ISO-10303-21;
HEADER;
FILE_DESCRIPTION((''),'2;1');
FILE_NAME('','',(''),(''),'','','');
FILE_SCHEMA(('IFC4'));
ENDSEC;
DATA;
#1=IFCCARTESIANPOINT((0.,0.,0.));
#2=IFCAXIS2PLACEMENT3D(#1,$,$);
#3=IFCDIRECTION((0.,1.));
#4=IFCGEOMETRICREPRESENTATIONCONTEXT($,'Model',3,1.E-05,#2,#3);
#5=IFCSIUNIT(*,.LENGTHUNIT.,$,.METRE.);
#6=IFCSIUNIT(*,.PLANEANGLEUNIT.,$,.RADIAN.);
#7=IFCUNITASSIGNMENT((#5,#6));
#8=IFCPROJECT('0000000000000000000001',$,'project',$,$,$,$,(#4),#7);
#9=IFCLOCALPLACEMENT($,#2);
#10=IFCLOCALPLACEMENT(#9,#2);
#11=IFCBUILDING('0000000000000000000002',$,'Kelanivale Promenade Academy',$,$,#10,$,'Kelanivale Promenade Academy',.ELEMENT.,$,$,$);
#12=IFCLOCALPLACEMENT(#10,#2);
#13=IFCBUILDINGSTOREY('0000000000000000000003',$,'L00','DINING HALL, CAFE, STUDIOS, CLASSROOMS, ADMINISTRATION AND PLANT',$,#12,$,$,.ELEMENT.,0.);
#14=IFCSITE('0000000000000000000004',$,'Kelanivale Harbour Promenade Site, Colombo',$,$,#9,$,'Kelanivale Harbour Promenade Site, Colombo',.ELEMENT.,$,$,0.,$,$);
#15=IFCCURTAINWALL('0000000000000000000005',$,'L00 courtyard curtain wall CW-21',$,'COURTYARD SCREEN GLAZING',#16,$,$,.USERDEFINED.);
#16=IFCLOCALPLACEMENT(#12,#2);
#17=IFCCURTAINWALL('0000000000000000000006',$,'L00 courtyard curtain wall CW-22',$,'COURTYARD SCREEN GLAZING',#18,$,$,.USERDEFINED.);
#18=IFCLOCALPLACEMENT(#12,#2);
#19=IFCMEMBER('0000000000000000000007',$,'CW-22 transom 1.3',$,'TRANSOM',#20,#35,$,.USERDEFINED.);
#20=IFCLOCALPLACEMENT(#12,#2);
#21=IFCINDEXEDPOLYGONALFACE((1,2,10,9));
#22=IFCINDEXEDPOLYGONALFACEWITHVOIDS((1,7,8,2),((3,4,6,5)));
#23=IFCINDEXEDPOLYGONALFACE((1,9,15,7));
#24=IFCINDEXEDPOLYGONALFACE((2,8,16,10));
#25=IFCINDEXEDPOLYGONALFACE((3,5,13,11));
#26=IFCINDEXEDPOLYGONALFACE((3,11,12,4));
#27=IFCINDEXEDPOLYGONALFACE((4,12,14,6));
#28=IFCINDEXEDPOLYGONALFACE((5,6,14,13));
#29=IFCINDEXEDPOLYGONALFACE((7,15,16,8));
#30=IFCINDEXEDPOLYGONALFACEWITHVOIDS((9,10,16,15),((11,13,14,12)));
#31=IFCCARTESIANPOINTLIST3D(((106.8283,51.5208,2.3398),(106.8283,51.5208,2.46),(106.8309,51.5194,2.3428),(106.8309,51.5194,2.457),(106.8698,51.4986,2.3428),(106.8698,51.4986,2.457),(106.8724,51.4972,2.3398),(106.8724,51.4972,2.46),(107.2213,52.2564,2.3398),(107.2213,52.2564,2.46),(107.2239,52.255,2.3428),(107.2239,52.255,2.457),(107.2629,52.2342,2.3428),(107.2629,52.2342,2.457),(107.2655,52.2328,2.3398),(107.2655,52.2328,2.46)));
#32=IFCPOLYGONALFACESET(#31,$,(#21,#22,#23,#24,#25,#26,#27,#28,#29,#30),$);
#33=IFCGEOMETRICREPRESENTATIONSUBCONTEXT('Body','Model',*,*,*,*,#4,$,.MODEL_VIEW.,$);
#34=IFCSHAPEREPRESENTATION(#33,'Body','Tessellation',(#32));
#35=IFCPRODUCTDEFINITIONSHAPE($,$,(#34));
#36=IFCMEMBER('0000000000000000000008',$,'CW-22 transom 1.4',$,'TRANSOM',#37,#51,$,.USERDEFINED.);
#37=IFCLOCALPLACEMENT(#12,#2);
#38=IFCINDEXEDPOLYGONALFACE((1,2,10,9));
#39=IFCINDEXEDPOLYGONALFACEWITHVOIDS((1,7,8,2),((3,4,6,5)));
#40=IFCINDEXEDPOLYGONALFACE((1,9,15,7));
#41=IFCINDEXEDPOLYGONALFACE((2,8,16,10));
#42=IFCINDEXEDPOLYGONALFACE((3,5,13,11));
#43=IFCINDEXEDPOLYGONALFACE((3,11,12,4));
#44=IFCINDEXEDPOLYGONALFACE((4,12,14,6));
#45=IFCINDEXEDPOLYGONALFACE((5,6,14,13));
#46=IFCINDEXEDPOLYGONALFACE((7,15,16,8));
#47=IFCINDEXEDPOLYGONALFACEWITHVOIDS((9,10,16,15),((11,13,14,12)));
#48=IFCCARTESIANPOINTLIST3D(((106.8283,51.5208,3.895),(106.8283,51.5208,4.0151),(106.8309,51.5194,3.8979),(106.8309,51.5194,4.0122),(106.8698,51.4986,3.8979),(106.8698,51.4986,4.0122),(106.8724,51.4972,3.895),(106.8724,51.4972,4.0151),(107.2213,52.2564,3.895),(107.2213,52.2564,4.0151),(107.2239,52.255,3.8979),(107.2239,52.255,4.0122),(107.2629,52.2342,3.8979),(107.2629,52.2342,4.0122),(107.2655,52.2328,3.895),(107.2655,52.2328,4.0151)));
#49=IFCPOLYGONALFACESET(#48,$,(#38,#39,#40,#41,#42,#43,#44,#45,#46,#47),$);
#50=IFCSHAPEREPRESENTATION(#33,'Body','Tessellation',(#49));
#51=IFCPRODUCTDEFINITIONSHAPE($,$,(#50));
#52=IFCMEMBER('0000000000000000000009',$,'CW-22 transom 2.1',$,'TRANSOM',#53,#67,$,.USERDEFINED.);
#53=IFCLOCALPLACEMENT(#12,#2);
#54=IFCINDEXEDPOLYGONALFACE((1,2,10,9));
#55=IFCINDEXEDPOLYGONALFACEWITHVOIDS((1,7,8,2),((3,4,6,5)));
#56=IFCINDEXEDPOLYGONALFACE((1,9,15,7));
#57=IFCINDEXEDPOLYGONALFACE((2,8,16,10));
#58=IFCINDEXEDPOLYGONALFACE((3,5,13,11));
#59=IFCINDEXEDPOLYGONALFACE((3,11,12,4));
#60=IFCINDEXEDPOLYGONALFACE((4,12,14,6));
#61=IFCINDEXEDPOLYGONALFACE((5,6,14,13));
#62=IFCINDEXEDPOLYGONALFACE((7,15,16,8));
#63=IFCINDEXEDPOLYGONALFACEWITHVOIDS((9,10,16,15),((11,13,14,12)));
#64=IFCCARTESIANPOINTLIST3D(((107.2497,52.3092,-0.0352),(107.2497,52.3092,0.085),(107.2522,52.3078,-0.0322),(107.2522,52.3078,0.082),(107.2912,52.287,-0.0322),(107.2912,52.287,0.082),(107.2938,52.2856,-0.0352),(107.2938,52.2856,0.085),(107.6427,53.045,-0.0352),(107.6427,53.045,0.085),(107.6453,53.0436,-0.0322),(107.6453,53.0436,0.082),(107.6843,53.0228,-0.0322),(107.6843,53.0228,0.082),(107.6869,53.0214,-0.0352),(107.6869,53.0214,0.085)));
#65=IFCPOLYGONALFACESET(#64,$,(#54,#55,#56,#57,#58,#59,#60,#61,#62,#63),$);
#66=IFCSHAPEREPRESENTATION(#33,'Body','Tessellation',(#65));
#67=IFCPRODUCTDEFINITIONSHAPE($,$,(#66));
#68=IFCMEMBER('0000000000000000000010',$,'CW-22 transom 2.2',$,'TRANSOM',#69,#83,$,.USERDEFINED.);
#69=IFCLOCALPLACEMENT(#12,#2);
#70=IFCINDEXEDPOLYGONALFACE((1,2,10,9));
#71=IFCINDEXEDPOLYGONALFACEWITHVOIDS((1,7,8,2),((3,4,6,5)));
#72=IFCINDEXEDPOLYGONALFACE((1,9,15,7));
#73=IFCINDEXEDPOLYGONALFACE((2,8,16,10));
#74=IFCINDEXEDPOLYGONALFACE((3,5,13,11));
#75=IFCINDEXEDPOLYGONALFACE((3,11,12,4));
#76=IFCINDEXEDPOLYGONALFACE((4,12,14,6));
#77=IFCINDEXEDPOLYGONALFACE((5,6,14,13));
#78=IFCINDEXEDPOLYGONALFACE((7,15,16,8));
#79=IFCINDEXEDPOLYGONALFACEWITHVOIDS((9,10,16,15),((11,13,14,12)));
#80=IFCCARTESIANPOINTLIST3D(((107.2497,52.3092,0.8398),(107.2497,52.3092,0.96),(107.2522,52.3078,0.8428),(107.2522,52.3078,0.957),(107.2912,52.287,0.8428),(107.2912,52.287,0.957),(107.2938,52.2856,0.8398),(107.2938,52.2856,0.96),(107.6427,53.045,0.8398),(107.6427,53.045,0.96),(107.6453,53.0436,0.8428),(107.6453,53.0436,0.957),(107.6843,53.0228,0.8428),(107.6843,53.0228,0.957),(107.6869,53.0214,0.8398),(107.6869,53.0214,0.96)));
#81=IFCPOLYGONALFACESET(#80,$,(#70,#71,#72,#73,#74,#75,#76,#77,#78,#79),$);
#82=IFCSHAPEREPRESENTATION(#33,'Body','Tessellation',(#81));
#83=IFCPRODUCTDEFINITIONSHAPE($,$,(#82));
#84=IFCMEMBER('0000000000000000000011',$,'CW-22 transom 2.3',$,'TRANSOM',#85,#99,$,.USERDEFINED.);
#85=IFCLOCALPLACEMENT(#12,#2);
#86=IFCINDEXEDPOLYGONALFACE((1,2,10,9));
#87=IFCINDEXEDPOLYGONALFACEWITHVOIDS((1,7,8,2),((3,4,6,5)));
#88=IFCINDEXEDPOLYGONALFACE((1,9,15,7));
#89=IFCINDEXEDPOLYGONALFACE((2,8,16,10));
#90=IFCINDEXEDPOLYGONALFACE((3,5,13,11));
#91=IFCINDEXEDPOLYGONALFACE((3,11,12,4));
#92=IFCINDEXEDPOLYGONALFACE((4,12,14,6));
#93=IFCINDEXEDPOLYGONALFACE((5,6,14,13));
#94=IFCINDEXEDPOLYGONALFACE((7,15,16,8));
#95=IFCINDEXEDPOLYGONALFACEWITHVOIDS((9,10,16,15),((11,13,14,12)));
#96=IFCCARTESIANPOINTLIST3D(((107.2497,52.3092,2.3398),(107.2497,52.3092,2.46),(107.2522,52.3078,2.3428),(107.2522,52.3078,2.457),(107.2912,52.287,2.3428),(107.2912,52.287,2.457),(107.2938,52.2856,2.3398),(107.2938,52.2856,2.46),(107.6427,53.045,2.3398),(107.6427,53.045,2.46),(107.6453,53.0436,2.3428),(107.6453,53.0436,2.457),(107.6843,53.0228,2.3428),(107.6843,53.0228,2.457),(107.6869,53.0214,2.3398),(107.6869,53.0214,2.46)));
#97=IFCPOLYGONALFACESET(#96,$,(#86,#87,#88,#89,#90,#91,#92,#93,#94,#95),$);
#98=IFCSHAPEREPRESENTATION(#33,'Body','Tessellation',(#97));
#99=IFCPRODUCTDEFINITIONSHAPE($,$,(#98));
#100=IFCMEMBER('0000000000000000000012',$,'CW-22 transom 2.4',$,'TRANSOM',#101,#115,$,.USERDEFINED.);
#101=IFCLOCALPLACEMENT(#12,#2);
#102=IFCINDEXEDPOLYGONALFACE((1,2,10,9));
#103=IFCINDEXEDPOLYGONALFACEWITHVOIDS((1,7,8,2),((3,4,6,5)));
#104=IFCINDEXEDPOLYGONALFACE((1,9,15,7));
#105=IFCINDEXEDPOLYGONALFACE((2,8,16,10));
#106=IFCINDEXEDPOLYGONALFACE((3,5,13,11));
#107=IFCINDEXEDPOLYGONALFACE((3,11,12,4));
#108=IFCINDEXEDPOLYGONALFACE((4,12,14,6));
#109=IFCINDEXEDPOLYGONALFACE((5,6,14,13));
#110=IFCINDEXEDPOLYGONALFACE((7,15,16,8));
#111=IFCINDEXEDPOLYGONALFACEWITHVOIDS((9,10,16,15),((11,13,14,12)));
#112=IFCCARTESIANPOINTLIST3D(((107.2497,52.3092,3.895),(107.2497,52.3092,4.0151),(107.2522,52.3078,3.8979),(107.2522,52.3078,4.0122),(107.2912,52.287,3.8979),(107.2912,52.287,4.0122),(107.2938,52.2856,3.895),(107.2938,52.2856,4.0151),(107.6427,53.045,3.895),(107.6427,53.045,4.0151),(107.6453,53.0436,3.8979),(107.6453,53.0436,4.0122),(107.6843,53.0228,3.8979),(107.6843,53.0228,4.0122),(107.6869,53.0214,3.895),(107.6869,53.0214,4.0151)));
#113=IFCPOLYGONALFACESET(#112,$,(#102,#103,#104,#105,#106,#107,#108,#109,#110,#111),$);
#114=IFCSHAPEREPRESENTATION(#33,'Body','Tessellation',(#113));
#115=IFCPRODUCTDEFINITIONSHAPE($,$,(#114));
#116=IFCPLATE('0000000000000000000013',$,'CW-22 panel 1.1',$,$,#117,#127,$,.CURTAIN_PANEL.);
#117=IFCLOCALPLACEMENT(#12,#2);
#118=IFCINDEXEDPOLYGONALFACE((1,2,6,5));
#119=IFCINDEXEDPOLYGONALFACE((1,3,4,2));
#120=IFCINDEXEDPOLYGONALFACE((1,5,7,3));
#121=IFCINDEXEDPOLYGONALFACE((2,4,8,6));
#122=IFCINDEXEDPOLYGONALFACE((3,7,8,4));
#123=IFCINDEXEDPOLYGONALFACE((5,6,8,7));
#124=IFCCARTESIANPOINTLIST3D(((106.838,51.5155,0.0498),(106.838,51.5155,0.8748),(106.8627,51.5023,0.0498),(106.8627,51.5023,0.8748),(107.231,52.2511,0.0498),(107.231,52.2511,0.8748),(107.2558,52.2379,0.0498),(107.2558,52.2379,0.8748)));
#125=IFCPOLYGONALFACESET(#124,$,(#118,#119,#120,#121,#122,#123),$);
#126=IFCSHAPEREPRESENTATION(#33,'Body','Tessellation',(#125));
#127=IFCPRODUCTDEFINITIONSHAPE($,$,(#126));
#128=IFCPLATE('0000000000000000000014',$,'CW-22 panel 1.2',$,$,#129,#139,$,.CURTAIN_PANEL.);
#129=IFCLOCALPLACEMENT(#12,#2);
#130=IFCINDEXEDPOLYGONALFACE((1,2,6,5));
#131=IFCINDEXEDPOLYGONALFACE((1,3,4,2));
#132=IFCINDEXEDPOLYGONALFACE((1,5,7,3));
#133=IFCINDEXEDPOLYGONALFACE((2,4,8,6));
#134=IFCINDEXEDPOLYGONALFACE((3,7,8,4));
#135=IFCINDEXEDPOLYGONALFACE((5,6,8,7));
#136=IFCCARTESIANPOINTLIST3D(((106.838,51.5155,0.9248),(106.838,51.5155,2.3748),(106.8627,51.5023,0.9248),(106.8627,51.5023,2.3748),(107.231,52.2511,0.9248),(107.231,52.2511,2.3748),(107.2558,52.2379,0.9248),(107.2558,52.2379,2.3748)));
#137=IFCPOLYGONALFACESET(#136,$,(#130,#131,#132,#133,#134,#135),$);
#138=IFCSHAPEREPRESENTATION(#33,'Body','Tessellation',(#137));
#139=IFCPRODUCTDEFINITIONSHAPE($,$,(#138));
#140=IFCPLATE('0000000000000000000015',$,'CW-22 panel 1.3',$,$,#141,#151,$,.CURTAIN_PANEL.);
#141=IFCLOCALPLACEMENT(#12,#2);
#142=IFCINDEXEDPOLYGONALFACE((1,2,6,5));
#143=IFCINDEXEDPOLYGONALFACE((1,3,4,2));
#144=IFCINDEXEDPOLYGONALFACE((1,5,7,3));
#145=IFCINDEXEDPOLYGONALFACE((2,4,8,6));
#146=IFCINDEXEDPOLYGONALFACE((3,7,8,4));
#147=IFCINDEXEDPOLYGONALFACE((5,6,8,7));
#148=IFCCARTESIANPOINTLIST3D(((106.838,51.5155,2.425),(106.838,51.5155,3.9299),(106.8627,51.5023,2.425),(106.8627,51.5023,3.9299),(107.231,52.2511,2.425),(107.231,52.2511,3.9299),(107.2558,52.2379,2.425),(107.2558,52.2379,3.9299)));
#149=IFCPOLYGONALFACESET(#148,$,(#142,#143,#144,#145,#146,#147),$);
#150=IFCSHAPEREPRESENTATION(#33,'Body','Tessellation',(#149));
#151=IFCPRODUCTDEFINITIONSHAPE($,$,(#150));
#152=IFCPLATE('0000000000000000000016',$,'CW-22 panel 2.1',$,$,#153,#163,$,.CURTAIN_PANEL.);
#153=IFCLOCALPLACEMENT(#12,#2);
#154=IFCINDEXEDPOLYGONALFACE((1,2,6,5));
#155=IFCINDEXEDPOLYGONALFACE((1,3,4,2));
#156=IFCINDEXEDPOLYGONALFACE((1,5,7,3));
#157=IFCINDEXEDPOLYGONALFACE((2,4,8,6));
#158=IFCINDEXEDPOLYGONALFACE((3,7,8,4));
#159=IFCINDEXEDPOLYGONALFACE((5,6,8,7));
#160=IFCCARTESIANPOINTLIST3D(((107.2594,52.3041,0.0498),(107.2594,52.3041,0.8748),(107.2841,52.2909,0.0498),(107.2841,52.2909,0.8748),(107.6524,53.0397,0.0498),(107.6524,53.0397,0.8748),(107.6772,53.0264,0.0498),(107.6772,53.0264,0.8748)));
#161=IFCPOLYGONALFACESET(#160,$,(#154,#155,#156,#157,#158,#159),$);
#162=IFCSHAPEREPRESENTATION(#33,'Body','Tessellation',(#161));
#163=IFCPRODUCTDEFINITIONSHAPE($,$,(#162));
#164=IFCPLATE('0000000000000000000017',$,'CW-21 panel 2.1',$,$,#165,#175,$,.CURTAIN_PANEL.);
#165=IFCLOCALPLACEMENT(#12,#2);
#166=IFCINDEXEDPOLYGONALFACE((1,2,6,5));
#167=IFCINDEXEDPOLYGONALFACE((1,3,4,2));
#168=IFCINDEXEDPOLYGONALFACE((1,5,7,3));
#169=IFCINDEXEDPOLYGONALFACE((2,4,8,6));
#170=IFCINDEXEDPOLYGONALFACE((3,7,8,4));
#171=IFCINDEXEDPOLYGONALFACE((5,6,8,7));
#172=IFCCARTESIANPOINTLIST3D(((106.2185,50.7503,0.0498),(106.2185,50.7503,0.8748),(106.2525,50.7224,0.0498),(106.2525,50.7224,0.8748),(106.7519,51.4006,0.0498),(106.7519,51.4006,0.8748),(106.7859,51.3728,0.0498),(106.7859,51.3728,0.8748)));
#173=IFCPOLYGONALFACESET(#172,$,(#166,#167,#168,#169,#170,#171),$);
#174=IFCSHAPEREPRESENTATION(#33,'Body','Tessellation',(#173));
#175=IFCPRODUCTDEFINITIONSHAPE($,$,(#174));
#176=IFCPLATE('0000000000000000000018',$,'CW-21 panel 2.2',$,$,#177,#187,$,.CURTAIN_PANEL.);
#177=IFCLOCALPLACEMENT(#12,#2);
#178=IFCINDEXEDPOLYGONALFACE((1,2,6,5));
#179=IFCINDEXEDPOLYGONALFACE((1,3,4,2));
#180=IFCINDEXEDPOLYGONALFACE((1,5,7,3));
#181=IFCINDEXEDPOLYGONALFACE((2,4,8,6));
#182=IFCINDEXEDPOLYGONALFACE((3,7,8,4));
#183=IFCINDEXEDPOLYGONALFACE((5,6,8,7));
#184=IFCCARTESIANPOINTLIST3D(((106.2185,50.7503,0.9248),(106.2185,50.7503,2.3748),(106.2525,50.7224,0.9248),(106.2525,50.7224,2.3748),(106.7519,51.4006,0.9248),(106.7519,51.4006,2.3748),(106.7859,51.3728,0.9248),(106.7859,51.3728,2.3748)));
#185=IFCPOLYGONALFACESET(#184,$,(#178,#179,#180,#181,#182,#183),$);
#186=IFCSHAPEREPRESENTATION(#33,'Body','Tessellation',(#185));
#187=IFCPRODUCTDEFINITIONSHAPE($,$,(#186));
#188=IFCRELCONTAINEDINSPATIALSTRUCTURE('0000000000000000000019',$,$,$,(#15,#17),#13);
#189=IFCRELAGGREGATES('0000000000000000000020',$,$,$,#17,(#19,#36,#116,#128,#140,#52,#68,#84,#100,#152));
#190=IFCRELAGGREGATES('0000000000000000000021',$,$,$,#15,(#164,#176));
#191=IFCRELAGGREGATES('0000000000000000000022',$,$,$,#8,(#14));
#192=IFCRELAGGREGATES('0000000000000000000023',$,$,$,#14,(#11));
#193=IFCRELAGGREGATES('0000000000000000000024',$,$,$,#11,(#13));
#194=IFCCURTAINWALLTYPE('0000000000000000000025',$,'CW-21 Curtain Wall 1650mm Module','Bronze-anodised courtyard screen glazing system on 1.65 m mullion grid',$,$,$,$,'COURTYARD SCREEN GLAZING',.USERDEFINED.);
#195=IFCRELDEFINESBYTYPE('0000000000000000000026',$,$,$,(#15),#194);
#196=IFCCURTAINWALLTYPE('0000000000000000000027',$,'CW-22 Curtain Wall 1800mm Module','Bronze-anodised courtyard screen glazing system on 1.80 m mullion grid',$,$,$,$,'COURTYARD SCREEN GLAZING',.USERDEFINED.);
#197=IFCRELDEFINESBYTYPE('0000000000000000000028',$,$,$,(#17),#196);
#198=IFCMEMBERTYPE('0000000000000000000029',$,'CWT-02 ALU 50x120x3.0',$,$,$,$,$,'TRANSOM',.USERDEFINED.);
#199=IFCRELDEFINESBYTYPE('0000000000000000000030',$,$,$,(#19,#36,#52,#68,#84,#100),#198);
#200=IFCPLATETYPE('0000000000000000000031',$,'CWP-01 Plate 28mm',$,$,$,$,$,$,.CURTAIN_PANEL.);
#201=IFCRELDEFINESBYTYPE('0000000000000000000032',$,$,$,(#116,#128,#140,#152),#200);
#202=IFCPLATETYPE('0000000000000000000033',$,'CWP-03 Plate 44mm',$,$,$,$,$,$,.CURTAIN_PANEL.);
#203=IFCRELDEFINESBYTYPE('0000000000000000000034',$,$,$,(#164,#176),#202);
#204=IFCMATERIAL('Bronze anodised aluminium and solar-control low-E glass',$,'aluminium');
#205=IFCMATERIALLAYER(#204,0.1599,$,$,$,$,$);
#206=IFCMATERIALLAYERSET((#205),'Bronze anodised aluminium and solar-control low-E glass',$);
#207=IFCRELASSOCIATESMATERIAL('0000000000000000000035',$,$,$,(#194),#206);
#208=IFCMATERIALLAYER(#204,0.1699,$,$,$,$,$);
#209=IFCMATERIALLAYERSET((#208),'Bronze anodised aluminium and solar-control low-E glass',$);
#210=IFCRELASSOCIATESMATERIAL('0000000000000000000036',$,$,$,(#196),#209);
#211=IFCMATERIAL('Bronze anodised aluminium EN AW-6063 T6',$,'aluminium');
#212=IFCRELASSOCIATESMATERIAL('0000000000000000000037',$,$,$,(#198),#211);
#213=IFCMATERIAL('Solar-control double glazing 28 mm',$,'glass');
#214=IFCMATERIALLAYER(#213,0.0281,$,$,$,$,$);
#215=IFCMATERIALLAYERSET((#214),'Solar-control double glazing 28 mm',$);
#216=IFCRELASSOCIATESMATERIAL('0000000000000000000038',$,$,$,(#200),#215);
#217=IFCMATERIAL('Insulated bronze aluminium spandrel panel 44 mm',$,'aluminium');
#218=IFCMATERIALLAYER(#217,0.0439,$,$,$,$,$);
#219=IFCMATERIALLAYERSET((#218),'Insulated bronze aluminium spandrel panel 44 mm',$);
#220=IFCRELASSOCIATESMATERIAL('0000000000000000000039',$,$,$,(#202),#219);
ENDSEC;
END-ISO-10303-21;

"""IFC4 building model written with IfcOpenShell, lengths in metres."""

from ifc_helpers import new_model, si_unit, direction, frame, origin, origin_2d, place, context, subcontext, project, spatial, rectangle, hollow_rectangle, extrude, material, layer, layer_set, material_profile, profile_set, type_object, element, aggregate, save


model = new_model("IFC4")

# Units and contexts
model_context = context("Model", 3, precision=1e-05, world=origin(), true_north=direction((0.0, 1.0)))
body_context = subcontext(model_context, "Body", "Model", "MODEL_VIEW")
ifc_project = project(units=[si_unit("LENGTHUNIT", "METRE"), si_unit("PLANEANGLEUNIT", "RADIAN")], contexts=[model_context])

# Site, building, storey
site_placement = place(None, origin())
site = spatial("IfcSite", under=ifc_project, at=site_placement, Name="Kelanivale Harbour Promenade Site, Colombo", LongName="Kelanivale Harbour Promenade Site, Colombo", CompositionType="ELEMENT", RefElevation=0.0)
building_placement = place(site_placement, origin())
building = spatial("IfcBuilding", under=site, at=building_placement, Name="Kelanivale Promenade Academy", LongName="Kelanivale Promenade Academy", CompositionType="ELEMENT")
storey_placement = place(building_placement, origin())
storey = spatial("IfcBuildingStorey", under=building, at=storey_placement, Name="L00", Description="DINING HALL, CAFE, STUDIOS, CLASSROOMS, ADMINISTRATION AND PLANT", CompositionType="ELEMENT", Elevation=0.0)

# Curtain walls
ifc_material_1 = material(Name="Bronze anodised aluminium and solar-control low-E glass", Category="aluminium")
ifc_layer_1 = layer(ifc_material_1, 0.1599)
ifc_layer_set_1 = layer_set([ifc_layer_1], Name="Bronze anodised aluminium and solar-control low-E glass")
curtain_wall_type_1 = type_object("IfcCurtainWallType", Name="CW-21 Curtain Wall 1650mm Module", Description="Bronze-anodised courtyard screen glazing system on 1.65 m mullion grid", ElementType="COURTYARD SCREEN GLAZING", PredefinedType="USERDEFINED", material=ifc_layer_set_1)
curtain_wall_1_placement = place(storey_placement, origin())
curtain_wall_1 = element("IfcCurtainWall", 1, at=curtain_wall_1_placement, inside=storey, type_object=curtain_wall_type_1, Name="L00 courtyard curtain wall CW-21", ObjectType="COURTYARD SCREEN GLAZING", PredefinedType="USERDEFINED")
ifc_material_2 = material(Name="Bronze anodised aluminium EN AW-6063 T6", Category="aluminium")
ifc_layer_2 = layer(ifc_material_1, 0.1699)
ifc_layer_set_2 = layer_set([ifc_layer_2], Name="Bronze anodised aluminium and solar-control low-E glass")
curtain_wall_type_2 = type_object("IfcCurtainWallType", Name="CW-22 Curtain Wall 1800mm Module", Description="Bronze-anodised courtyard screen glazing system on 1.80 m mullion grid", ElementType="COURTYARD SCREEN GLAZING", PredefinedType="USERDEFINED", material=ifc_layer_set_2)
curtain_wall_2_placement = place(storey_placement, origin())
curtain_wall_2 = element("IfcCurtainWall", 2, at=curtain_wall_2_placement, inside=storey, type_object=curtain_wall_type_2, Name="L00 courtyard curtain wall CW-22", ObjectType="COURTYARD SCREEN GLAZING", PredefinedType="USERDEFINED")

# Members
ifc_material_profile_1 = material_profile(ifc_material_2, hollow_rectangle(XDim=0.05, YDim=0.1201, WallThickness=0.0029, at=origin_2d()), Name="ALU 50x120x3.0")
ifc_profile_set_1 = profile_set([ifc_material_profile_1], Name="Bronze anodised aluminium EN AW-6063 T6")
member_type_1 = type_object("IfcMemberType", Name="CWT-02 ALU 50x120x3.0", ElementType="TRANSOM", PredefinedType="USERDEFINED", material=ifc_profile_set_1)
member_1_placement = place(storey_placement, frame((106.8503, 51.509, 2.3999), z_axis=(0.471287, 0.88198, 0.0), x_axis=(-0.88198, 0.471287, 0.0)))
member_1 = element("IfcMember", 3, at=member_1_placement, type_object=member_type_1, Name="CW-22 transom 1.3", ObjectType="TRANSOM", PredefinedType="USERDEFINED", context=body_context, shape_type="SweptSolid", body=[
    extrude(hollow_rectangle(XDim=0.05, YDim=0.1201, WallThickness=0.0029, at=origin_2d()), origin(), (0.0, 0.0, 1.0), 0.834),
])
member_2_placement = place(storey_placement, frame((106.8503, 51.509, 3.9551), z_axis=(0.471287, 0.88198, 0.0), x_axis=(-0.88198, 0.471287, 0.0)))
member_2 = element("IfcMember", 4, at=member_2_placement, type_object=member_type_1, Name="CW-22 transom 1.4", ObjectType="TRANSOM", PredefinedType="USERDEFINED", context=body_context, shape_type="SweptSolid", body=[
    extrude(hollow_rectangle(XDim=0.05, YDim=0.1201, WallThickness=0.0029, at=origin_2d()), origin(), (0.0, 0.0, 1.0), 0.834),
])
member_3_placement = place(storey_placement, frame((107.2717, 52.2974, 0.0249), z_axis=(0.471165, 0.882045, 0.0), x_axis=(-0.882045, 0.471165, 0.0)))
member_3 = element("IfcMember", 5, at=member_3_placement, type_object=member_type_1, Name="CW-22 transom 2.1", ObjectType="TRANSOM", PredefinedType="USERDEFINED", context=body_context, shape_type="SweptSolid", body=[
    extrude(hollow_rectangle(XDim=0.05, YDim=0.1201, WallThickness=0.0029, at=origin_2d()), origin(), (0.0, 0.0, 1.0), 0.8342),
])
member_4_placement = place(storey_placement, frame((107.2717, 52.2974, 0.8999), z_axis=(0.471165, 0.882045, 0.0), x_axis=(-0.882045, 0.471165, 0.0)))
member_4 = element("IfcMember", 6, at=member_4_placement, type_object=member_type_1, Name="CW-22 transom 2.2", ObjectType="TRANSOM", PredefinedType="USERDEFINED", context=body_context, shape_type="SweptSolid", body=[
    extrude(hollow_rectangle(XDim=0.05, YDim=0.1201, WallThickness=0.0029, at=origin_2d()), origin(), (0.0, 0.0, 1.0), 0.8342),
])
member_5_placement = place(storey_placement, frame((107.2717, 52.2974, 2.3999), z_axis=(0.471165, 0.882045, 0.0), x_axis=(-0.882045, 0.471165, 0.0)))
member_5 = element("IfcMember", 7, at=member_5_placement, type_object=member_type_1, Name="CW-22 transom 2.3", ObjectType="TRANSOM", PredefinedType="USERDEFINED", context=body_context, shape_type="SweptSolid", body=[
    extrude(hollow_rectangle(XDim=0.05, YDim=0.1201, WallThickness=0.0029, at=origin_2d()), origin(), (0.0, 0.0, 1.0), 0.8342),
])
member_6_placement = place(storey_placement, frame((107.2717, 52.2974, 3.9551), z_axis=(0.471165, 0.882045, 0.0), x_axis=(-0.882045, 0.471165, 0.0)))
member_6 = element("IfcMember", 8, at=member_6_placement, type_object=member_type_1, Name="CW-22 transom 2.4", ObjectType="TRANSOM", PredefinedType="USERDEFINED", context=body_context, shape_type="SweptSolid", body=[
    extrude(hollow_rectangle(XDim=0.05, YDim=0.1201, WallThickness=0.0029, at=origin_2d()), origin(), (0.0, 0.0, 1.0), 0.8342),
])

# Plates
ifc_material_3 = material(Name="Solar-control double glazing 28 mm", Category="glass")
ifc_layer_3 = layer(ifc_material_3, 0.0281)
ifc_layer_set_3 = layer_set([ifc_layer_3], Name="Solar-control double glazing 28 mm")
plate_type_1 = type_object("IfcPlateType", Name="CWP-01 Plate 28mm", PredefinedType="CURTAIN_PANEL", material=ifc_layer_set_3)
plate_1_placement = place(storey_placement, frame((107.0469, 51.8767, 0.0498), z_axis=(0.0, 0.0, 1.0), x_axis=(0.47129, 0.881978, 0.0)))
plate_1 = element("IfcPlate", 9, at=plate_1_placement, type_object=plate_type_1, Name="CW-22 panel 1.1", PredefinedType="CURTAIN_PANEL", context=body_context, shape_type="SweptSolid", body=[
    extrude(rectangle(XDim=0.834, YDim=0.0281, at=origin_2d()), origin(), (0.0, 0.0, 1.0), 0.825),
])
plate_2_placement = place(storey_placement, frame((107.0469, 51.8767, 0.9248), z_axis=(0.0, 0.0, 1.0), x_axis=(0.47129, 0.881978, 0.0)))
plate_2 = element("IfcPlate", 10, at=plate_2_placement, type_object=plate_type_1, Name="CW-22 panel 1.2", PredefinedType="CURTAIN_PANEL", context=body_context, shape_type="SweptSolid", body=[
    extrude(rectangle(XDim=0.834, YDim=0.0281, at=origin_2d()), origin(), (0.0, 0.0, 1.0), 1.45),
])
plate_3_placement = place(storey_placement, frame((107.0469, 51.8767, 2.425), z_axis=(0.0, 0.0, 1.0), x_axis=(0.47129, 0.881978, 0.0)))
plate_3 = element("IfcPlate", 11, at=plate_3_placement, type_object=plate_type_1, Name="CW-22 panel 1.3", PredefinedType="CURTAIN_PANEL", context=body_context, shape_type="SweptSolid", body=[
    extrude(rectangle(XDim=0.834, YDim=0.0281, at=origin_2d()), origin(), (0.0, 0.0, 1.0), 1.5049),
])
plate_4_placement = place(storey_placement, frame((107.4683, 52.6653, 0.0498), z_axis=(0.0, 0.0, 1.0), x_axis=(0.47129, 0.881978, 0.0)))
plate_4 = element("IfcPlate", 12, at=plate_4_placement, type_object=plate_type_1, Name="CW-22 panel 2.1", PredefinedType="CURTAIN_PANEL", context=body_context, shape_type="SweptSolid", body=[
    extrude(rectangle(XDim=0.834, YDim=0.0281, at=origin_2d()), origin(), (0.0, 0.0, 1.0), 0.825),
])
aggregate(curtain_wall_2, [member_1, member_2, plate_1, plate_2, plate_3, member_3, member_4, member_5, member_6, plate_4])
ifc_material_4 = material(Name="Insulated bronze aluminium spandrel panel 44 mm", Category="aluminium")
ifc_layer_4 = layer(ifc_material_4, 0.0439)
ifc_layer_set_4 = layer_set([ifc_layer_4], Name="Insulated bronze aluminium spandrel panel 44 mm")
plate_type_2 = type_object("IfcPlateType", Name="CWP-03 Plate 44mm", PredefinedType="CURTAIN_PANEL", material=ifc_layer_set_4)
plate_5_placement = place(storey_placement, frame((106.5022, 51.0615, 0.0498), z_axis=(0.0, 0.0, 1.0), x_axis=(0.634144, 0.773215, 0.0)))
plate_5 = element("IfcPlate", 13, at=plate_5_placement, type_object=plate_type_2, Name="CW-21 panel 2.1", PredefinedType="CURTAIN_PANEL", context=body_context, shape_type="SweptSolid", body=[
    extrude(rectangle(XDim=0.8411, YDim=0.0439, at=origin_2d()), origin(), (0.0, 0.0, 1.0), 0.825),
])
plate_6_placement = place(storey_placement, frame((106.5022, 51.0615, 0.9248), z_axis=(0.0, 0.0, 1.0), x_axis=(0.634144, 0.773215, 0.0)))
plate_6 = element("IfcPlate", 14, at=plate_6_placement, type_object=plate_type_2, Name="CW-21 panel 2.2", PredefinedType="CURTAIN_PANEL", context=body_context, shape_type="SweptSolid", body=[
    extrude(rectangle(XDim=0.8411, YDim=0.0439, at=origin_2d()), origin(), (0.0, 0.0, 1.0), 1.45),
])
aggregate(curtain_wall_1, [plate_5, plate_6])

save(model, "model.ifc")
